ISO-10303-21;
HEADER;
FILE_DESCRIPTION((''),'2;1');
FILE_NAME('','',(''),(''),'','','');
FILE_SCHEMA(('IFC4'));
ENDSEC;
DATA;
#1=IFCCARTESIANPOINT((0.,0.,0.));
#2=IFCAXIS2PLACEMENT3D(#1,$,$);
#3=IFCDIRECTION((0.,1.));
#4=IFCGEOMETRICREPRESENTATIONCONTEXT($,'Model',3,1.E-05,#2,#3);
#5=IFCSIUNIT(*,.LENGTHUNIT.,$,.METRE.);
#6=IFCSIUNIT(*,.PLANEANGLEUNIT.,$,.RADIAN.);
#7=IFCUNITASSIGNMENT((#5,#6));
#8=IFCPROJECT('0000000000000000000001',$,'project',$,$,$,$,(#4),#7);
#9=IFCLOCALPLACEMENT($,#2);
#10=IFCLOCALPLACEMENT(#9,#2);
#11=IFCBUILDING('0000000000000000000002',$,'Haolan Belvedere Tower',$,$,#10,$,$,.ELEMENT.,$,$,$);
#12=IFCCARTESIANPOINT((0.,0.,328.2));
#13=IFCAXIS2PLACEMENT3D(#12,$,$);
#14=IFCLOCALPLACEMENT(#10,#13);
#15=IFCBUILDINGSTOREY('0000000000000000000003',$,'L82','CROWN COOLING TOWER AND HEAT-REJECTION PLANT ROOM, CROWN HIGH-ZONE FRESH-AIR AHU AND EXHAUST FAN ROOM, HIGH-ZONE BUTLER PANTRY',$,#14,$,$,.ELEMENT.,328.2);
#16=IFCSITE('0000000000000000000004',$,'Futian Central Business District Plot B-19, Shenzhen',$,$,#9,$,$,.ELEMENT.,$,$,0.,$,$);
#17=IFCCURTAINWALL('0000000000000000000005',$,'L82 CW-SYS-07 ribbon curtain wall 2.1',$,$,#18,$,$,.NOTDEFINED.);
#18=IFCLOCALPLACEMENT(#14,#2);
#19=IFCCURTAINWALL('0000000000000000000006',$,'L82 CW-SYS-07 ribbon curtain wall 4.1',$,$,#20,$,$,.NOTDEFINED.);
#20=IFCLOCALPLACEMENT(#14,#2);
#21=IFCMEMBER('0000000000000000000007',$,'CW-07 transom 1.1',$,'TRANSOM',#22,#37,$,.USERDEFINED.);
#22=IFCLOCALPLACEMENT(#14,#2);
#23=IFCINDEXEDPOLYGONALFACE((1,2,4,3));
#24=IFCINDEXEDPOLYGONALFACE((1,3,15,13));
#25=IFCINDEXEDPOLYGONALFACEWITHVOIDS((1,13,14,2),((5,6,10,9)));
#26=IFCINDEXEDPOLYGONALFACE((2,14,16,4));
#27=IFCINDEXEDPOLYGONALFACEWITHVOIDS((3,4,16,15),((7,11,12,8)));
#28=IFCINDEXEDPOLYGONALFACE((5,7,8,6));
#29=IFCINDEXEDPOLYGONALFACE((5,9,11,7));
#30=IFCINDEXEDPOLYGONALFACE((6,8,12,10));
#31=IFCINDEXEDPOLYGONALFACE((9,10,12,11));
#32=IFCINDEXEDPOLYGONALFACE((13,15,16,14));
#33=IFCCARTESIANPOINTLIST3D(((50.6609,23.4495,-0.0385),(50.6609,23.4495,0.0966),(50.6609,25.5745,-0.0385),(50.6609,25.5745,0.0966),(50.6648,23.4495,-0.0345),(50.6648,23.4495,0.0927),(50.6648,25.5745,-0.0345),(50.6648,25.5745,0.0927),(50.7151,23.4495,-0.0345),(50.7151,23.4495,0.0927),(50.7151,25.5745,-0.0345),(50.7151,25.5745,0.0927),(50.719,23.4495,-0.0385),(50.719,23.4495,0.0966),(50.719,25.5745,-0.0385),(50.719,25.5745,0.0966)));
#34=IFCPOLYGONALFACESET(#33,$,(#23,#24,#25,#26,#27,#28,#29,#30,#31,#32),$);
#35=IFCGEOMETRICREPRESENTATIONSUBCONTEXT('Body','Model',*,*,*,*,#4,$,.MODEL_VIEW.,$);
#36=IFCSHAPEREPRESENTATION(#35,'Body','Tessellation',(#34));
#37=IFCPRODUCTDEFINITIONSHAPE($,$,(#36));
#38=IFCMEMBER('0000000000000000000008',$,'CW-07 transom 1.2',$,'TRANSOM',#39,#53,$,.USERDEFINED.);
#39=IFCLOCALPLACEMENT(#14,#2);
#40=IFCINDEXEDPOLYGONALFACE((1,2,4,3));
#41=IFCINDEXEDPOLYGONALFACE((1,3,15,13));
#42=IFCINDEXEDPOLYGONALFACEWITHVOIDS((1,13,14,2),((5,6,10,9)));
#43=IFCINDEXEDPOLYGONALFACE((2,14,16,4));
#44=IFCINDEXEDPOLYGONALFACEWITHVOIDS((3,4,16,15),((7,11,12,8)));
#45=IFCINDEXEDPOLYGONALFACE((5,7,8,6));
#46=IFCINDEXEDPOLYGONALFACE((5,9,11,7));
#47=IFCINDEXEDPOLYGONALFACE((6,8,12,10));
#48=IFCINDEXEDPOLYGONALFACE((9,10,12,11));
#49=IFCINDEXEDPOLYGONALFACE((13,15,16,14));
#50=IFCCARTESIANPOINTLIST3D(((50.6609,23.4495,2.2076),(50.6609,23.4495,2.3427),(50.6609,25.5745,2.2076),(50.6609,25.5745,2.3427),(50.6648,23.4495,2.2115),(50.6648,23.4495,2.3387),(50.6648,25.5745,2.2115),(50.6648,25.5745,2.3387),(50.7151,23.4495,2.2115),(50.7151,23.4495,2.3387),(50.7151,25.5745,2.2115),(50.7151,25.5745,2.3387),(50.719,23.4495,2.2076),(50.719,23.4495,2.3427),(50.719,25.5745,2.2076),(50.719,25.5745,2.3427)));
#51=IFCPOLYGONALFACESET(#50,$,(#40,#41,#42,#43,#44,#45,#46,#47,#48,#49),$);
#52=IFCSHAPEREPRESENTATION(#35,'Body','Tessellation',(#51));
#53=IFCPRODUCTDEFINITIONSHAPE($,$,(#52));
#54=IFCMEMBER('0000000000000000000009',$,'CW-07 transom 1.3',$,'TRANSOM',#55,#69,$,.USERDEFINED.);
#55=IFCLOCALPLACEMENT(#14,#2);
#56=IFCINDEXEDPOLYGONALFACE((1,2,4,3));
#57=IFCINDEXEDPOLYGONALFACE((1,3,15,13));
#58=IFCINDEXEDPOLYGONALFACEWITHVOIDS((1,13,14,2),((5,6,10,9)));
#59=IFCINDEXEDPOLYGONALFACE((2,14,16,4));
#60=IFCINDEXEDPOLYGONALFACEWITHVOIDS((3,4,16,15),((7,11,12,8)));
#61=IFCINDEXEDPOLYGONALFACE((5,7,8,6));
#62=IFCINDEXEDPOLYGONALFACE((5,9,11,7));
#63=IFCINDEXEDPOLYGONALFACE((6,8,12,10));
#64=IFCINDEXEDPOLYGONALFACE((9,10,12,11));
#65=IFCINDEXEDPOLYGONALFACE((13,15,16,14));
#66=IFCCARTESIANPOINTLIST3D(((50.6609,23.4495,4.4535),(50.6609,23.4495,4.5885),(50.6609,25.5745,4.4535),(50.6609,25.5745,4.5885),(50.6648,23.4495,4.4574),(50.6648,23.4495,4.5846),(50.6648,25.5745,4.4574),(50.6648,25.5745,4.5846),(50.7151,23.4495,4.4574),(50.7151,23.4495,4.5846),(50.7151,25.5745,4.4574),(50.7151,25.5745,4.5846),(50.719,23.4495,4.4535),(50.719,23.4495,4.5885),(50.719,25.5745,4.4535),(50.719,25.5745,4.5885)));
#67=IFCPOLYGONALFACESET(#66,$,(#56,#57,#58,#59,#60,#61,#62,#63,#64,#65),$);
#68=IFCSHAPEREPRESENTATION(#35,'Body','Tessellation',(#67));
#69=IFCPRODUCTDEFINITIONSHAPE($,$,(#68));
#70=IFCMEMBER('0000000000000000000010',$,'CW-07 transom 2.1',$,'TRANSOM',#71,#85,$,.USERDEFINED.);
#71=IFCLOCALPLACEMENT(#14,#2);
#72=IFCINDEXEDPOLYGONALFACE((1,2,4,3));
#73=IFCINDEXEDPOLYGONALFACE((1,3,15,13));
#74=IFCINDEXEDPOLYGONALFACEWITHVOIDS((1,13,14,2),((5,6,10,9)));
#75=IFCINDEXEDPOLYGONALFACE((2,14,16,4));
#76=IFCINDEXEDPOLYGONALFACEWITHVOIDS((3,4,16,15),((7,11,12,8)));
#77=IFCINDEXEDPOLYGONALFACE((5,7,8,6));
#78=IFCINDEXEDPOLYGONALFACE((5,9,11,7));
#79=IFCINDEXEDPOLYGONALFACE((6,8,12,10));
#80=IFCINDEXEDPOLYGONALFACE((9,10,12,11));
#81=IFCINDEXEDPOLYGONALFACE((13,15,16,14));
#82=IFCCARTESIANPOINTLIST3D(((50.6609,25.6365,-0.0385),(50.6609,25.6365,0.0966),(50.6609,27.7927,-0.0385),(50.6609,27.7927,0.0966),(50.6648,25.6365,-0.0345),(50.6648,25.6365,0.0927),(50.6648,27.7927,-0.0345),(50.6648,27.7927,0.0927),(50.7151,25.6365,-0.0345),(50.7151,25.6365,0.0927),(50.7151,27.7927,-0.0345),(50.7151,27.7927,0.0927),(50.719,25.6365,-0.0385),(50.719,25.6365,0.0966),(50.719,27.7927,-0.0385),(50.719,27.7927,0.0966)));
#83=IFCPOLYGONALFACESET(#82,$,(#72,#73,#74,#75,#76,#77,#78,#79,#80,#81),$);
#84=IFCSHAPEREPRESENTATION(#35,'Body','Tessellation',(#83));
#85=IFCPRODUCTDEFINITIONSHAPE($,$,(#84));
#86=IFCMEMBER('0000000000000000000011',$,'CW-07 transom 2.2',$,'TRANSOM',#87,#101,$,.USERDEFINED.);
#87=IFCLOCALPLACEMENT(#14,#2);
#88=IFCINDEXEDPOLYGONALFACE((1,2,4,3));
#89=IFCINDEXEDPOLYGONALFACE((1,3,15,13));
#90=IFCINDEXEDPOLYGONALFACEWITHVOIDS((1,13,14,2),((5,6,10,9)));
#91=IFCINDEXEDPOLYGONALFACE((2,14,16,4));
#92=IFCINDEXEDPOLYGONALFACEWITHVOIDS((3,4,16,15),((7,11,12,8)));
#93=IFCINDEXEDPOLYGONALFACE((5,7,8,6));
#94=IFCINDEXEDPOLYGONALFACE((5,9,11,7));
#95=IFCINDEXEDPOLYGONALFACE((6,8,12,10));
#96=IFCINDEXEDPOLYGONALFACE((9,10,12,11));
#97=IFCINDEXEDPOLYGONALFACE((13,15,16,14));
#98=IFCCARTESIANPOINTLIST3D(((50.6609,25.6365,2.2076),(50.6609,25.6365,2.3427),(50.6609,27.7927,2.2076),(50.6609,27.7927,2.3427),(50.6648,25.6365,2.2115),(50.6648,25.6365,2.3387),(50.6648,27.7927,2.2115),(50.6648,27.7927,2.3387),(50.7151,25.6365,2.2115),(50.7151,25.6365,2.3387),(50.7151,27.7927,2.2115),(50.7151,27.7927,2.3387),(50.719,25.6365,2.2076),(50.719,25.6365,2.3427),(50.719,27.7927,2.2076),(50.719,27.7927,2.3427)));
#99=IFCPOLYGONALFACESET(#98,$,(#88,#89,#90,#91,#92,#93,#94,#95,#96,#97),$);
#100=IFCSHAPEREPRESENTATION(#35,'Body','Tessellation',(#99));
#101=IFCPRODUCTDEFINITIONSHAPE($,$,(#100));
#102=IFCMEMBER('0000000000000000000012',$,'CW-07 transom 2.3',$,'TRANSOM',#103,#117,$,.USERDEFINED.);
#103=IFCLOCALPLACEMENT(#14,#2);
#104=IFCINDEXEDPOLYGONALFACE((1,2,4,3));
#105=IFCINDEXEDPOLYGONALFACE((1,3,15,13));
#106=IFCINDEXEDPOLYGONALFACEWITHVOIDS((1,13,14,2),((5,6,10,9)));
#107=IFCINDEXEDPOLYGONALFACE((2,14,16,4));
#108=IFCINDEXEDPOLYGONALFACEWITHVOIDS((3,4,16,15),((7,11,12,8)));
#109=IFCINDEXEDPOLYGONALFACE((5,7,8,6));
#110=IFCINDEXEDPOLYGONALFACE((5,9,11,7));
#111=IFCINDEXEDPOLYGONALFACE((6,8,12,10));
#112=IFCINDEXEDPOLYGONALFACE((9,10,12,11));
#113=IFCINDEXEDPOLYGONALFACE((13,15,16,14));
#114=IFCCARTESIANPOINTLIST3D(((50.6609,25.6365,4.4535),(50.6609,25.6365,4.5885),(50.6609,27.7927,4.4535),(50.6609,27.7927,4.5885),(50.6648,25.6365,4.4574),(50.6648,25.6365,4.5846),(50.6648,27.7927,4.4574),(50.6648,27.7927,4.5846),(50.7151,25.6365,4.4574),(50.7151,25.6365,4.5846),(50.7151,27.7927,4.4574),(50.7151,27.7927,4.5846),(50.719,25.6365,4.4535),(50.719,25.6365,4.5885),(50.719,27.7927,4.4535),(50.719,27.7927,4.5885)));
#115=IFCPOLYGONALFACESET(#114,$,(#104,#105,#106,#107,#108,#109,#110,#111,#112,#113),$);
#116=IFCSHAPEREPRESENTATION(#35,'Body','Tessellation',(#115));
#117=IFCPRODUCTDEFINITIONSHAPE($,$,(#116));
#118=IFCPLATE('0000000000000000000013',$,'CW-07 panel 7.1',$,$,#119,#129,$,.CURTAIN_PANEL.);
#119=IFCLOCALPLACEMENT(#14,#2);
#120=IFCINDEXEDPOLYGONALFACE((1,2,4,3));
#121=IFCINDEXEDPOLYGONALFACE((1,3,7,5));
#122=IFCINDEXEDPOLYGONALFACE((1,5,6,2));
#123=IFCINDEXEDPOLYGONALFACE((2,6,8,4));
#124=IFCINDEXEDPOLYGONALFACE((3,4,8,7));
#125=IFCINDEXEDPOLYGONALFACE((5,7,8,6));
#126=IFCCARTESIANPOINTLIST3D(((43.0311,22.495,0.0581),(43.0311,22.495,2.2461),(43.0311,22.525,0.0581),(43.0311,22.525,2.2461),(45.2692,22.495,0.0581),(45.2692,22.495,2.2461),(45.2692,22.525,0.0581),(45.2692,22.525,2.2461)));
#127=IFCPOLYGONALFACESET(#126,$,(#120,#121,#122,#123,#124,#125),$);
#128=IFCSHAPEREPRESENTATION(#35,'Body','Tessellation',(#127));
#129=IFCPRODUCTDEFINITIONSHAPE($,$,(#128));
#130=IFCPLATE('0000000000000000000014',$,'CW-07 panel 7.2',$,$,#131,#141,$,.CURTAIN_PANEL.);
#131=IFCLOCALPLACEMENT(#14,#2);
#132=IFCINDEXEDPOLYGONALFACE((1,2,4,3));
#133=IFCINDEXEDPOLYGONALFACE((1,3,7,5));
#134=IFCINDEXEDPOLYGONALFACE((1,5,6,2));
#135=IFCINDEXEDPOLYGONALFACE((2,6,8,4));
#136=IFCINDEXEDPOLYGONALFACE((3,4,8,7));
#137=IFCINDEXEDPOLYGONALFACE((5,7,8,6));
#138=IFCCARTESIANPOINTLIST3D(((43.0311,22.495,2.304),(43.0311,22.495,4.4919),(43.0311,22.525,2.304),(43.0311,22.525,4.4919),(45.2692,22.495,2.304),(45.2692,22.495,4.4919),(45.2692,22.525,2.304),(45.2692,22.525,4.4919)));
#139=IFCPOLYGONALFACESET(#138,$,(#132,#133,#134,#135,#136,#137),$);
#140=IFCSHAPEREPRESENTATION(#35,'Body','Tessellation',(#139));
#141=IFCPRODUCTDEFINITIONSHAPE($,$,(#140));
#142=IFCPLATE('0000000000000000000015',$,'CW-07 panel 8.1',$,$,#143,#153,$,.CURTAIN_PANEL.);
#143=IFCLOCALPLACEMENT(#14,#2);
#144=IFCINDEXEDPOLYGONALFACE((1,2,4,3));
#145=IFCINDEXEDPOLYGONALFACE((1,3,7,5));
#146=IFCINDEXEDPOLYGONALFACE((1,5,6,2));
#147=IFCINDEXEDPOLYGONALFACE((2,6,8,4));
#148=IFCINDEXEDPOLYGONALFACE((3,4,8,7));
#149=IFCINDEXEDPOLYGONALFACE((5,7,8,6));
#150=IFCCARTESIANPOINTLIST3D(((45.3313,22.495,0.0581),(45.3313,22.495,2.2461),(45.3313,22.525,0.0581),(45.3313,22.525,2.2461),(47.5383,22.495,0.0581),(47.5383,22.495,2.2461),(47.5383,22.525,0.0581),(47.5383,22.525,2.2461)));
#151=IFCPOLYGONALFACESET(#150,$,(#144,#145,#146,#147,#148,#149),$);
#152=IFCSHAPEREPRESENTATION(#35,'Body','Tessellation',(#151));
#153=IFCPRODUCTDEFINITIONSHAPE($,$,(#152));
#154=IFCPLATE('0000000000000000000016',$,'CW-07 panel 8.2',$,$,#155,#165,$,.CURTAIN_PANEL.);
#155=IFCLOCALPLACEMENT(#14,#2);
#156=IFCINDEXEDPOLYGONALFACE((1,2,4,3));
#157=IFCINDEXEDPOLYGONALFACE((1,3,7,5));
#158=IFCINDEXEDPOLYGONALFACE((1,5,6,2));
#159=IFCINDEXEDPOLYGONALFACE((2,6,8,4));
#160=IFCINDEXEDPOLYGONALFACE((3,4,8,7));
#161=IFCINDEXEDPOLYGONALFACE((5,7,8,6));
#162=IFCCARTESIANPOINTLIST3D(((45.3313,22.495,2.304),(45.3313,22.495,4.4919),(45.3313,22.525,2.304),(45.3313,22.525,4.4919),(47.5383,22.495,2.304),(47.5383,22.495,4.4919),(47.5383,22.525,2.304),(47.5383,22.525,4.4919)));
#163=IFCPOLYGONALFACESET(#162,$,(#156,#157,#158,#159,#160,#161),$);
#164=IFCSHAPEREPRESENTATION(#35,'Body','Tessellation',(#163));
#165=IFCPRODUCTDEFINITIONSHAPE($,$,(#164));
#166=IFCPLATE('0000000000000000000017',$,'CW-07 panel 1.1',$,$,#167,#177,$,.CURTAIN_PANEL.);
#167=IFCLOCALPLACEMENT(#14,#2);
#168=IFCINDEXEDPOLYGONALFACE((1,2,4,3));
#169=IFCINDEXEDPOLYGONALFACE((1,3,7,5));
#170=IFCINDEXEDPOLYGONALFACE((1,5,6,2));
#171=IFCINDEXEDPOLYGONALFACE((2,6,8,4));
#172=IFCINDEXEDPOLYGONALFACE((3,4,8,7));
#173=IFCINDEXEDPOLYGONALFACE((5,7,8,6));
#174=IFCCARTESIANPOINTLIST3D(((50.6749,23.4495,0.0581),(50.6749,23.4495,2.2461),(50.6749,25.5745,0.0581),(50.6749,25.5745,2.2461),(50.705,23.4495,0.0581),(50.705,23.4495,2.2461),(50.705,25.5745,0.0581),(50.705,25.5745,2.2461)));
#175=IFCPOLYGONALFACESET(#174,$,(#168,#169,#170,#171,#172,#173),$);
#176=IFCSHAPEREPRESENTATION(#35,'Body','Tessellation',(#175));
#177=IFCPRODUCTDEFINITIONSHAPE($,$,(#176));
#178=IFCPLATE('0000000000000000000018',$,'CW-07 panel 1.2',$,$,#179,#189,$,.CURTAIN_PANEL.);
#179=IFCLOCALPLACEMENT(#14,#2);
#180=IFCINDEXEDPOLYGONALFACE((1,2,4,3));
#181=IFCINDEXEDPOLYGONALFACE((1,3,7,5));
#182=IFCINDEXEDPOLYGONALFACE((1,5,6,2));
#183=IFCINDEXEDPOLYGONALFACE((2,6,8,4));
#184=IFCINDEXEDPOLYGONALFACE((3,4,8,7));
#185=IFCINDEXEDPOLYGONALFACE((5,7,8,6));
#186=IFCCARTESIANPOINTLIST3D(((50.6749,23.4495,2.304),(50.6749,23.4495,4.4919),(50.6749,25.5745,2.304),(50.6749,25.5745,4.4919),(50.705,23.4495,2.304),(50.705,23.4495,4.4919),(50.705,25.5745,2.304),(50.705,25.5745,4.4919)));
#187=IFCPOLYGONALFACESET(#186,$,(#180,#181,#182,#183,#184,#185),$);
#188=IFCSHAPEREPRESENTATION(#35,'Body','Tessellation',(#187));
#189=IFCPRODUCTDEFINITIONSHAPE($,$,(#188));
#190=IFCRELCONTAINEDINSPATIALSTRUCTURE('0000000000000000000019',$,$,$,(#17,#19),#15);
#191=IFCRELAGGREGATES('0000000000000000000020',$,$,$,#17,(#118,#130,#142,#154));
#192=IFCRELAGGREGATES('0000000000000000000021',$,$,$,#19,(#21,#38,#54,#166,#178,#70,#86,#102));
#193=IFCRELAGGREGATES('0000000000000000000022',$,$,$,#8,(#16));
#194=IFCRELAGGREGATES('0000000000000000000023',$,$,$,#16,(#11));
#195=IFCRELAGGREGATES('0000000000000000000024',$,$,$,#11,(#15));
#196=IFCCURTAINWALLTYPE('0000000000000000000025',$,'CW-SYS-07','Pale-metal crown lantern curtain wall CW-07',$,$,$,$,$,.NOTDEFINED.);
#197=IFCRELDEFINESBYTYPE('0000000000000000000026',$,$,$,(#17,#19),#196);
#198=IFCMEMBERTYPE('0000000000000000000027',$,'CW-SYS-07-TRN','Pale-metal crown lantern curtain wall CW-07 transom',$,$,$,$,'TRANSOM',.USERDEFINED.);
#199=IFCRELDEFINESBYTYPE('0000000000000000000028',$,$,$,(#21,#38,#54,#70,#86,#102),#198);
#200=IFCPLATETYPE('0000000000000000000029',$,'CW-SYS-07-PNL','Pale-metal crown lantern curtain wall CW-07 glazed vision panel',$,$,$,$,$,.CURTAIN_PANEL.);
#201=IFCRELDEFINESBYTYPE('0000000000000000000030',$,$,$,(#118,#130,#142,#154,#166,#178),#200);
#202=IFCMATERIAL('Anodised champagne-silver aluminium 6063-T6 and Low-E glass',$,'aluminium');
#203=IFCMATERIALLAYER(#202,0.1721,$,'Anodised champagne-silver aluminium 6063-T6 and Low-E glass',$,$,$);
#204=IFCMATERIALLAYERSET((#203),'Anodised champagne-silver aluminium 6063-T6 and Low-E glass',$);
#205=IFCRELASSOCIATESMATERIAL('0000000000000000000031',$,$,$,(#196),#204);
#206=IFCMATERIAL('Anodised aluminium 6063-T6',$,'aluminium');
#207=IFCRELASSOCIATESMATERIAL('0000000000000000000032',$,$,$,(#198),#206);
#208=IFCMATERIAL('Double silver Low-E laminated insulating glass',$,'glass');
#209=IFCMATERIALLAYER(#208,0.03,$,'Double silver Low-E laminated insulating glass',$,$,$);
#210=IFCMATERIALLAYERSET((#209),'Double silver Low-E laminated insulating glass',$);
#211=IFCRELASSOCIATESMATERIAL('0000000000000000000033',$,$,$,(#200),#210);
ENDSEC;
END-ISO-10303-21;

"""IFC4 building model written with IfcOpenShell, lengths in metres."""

from ifc_helpers import new_model, si_unit, direction, frame, origin, origin_2d, place, context, subcontext, project, spatial, rectangle, hollow_rectangle, extrude, material, layer, layer_set, material_profile, profile_set, type_object, element, aggregate, save


model = new_model("IFC4")

# Units and contexts
model_context = context("Model", 3, precision=1e-05, world=origin(), true_north=direction((0.0, 1.0)))
body_context = subcontext(model_context, "Body", "Model", "MODEL_VIEW")
ifc_project = project(units=[si_unit("LENGTHUNIT", "METRE"), si_unit("PLANEANGLEUNIT", "RADIAN")], contexts=[model_context])

# Site, building, storey
site_placement = place(None, origin())
site = spatial("IfcSite", under=ifc_project, at=site_placement, Name="Futian Central Business District Plot B-19, Shenzhen", CompositionType="ELEMENT", RefElevation=0.0)
building_placement = place(site_placement, origin())
building = spatial("IfcBuilding", under=site, at=building_placement, Name="Haolan Belvedere Tower", CompositionType="ELEMENT")
storey_placement = place(building_placement, frame((0.0, 0.0, 328.2)))
storey = spatial("IfcBuildingStorey", under=building, at=storey_placement, Name="L82", Description="CROWN COOLING TOWER AND HEAT-REJECTION PLANT ROOM, CROWN HIGH-ZONE FRESH-AIR AHU AND EXHAUST FAN ROOM, HIGH-ZONE BUTLER PANTRY", CompositionType="ELEMENT", Elevation=328.2)

# Curtain walls
ifc_material_1 = material(Name="Anodised champagne-silver aluminium 6063-T6 and Low-E glass", Category="aluminium")
ifc_layer_1 = layer(ifc_material_1, 0.1721, Name="Anodised champagne-silver aluminium 6063-T6 and Low-E glass")
ifc_layer_set_1 = layer_set([ifc_layer_1], Name="Anodised champagne-silver aluminium 6063-T6 and Low-E glass")
curtain_wall_type = type_object("IfcCurtainWallType", Name="CW-SYS-07", Description="Pale-metal crown lantern curtain wall CW-07", PredefinedType="NOTDEFINED", material=ifc_layer_set_1)
curtain_wall_1_placement = place(storey_placement, origin())
curtain_wall_1 = element("IfcCurtainWall", 1, at=curtain_wall_1_placement, inside=storey, type_object=curtain_wall_type, Name="L82 CW-SYS-07 ribbon curtain wall 2.1", PredefinedType="NOTDEFINED")
ifc_material_2 = material(Name="Anodised aluminium 6063-T6", Category="aluminium")
curtain_wall_2_placement = place(storey_placement, origin())
curtain_wall_2 = element("IfcCurtainWall", 2, at=curtain_wall_2_placement, inside=storey, type_object=curtain_wall_type, Name="L82 CW-SYS-07 ribbon curtain wall 4.1", PredefinedType="NOTDEFINED")

# Members
ifc_material_profile_1 = material_profile(ifc_material_2, hollow_rectangle(XDim=0.0581, YDim=0.135, WallThickness=0.0039, at=origin_2d()), Name="Anodised aluminium 6063-T6")
ifc_profile_set_1 = profile_set([ifc_material_profile_1], Name="Anodised aluminium 6063-T6")
member_type_1 = type_object("IfcMemberType", Name="CW-SYS-07-TRN", Description="Pale-metal crown lantern curtain wall CW-07 transom", ElementType="TRANSOM", PredefinedType="USERDEFINED", material=ifc_profile_set_1)
member_1_placement = place(storey_placement, frame((50.6899, 23.4495, 0.0291), z_axis=(0.0, 1.0, 0.0), x_axis=(-1.0, 0.0, 0.0)))
member_1 = element("IfcMember", 3, at=member_1_placement, type_object=member_type_1, Name="CW-07 transom 1.1", ObjectType="TRANSOM", PredefinedType="USERDEFINED", context=body_context, shape_type="SweptSolid", body=[
    extrude(hollow_rectangle(XDim=0.0581, YDim=0.135, WallThickness=0.0039, at=origin_2d()), origin(), (0.0, 0.0, 1.0), 2.125),
])
member_2_placement = place(storey_placement, frame((50.6899, 23.4495, 2.2751), z_axis=(0.0, 1.0, 0.0), x_axis=(-1.0, 0.0, 0.0)))
member_2 = element("IfcMember", 4, at=member_2_placement, type_object=member_type_1, Name="CW-07 transom 1.2", ObjectType="TRANSOM", PredefinedType="USERDEFINED", context=body_context, shape_type="SweptSolid", body=[
    extrude(hollow_rectangle(XDim=0.0581, YDim=0.135, WallThickness=0.0039, at=origin_2d()), origin(), (0.0, 0.0, 1.0), 2.125),
])
member_3_placement = place(storey_placement, frame((50.6899, 23.4495, 4.521), z_axis=(0.0, 1.0, 0.0), x_axis=(-1.0, 0.0, 0.0)))
member_3 = element("IfcMember", 5, at=member_3_placement, type_object=member_type_1, Name="CW-07 transom 1.3", ObjectType="TRANSOM", PredefinedType="USERDEFINED", context=body_context, shape_type="SweptSolid", body=[
    extrude(hollow_rectangle(XDim=0.0581, YDim=0.135, WallThickness=0.0039, at=origin_2d()), origin(), (0.0, 0.0, 1.0), 2.125),
])
member_4_placement = place(storey_placement, frame((50.6899, 25.6365, 0.0291), z_axis=(0.0, 1.0, 0.0), x_axis=(-1.0, 0.0, 0.0)))
member_4 = element("IfcMember", 6, at=member_4_placement, type_object=member_type_1, Name="CW-07 transom 2.1", ObjectType="TRANSOM", PredefinedType="USERDEFINED", context=body_context, shape_type="SweptSolid", body=[
    extrude(hollow_rectangle(XDim=0.0581, YDim=0.135, WallThickness=0.0039, at=origin_2d()), origin(), (0.0, 0.0, 1.0), 2.1562),
])
member_5_placement = place(storey_placement, frame((50.6899, 25.6365, 2.2751), z_axis=(0.0, 1.0, 0.0), x_axis=(-1.0, 0.0, 0.0)))
member_5 = element("IfcMember", 7, at=member_5_placement, type_object=member_type_1, Name="CW-07 transom 2.2", ObjectType="TRANSOM", PredefinedType="USERDEFINED", context=body_context, shape_type="SweptSolid", body=[
    extrude(hollow_rectangle(XDim=0.0581, YDim=0.135, WallThickness=0.0039, at=origin_2d()), origin(), (0.0, 0.0, 1.0), 2.1562),
])
member_6_placement = place(storey_placement, frame((50.6899, 25.6365, 4.521), z_axis=(0.0, 1.0, 0.0), x_axis=(-1.0, 0.0, 0.0)))
member_6 = element("IfcMember", 8, at=member_6_placement, type_object=member_type_1, Name="CW-07 transom 2.3", ObjectType="TRANSOM", PredefinedType="USERDEFINED", context=body_context, shape_type="SweptSolid", body=[
    extrude(hollow_rectangle(XDim=0.0581, YDim=0.135, WallThickness=0.0039, at=origin_2d()), origin(), (0.0, 0.0, 1.0), 2.1562),
])

# Plates
ifc_material_3 = material(Name="Double silver Low-E laminated insulating glass", Category="glass")
ifc_layer_2 = layer(ifc_material_3, 0.03, Name="Double silver Low-E laminated insulating glass")
ifc_layer_set_2 = layer_set([ifc_layer_2], Name="Double silver Low-E laminated insulating glass")
plate_type = type_object("IfcPlateType", Name="CW-SYS-07-PNL", Description="Pale-metal crown lantern curtain wall CW-07 glazed vision panel", PredefinedType="CURTAIN_PANEL", material=ifc_layer_set_2)
plate_1_placement = place(storey_placement, frame((44.1501, 22.51, 0.0581), z_axis=(0.0, 0.0, 1.0), x_axis=(1.0, 0.0, 0.0)))
plate_1 = element("IfcPlate", 9, at=plate_1_placement, type_object=plate_type, Name="CW-07 panel 7.1", PredefinedType="CURTAIN_PANEL", context=body_context, shape_type="SweptSolid", body=[
    extrude(rectangle(XDim=2.238, YDim=0.03, at=origin_2d()), origin(), (0.0, 0.0, 1.0), 2.188),
])
plate_2_placement = place(storey_placement, frame((44.1501, 22.51, 2.304), z_axis=(0.0, 0.0, 1.0), x_axis=(1.0, 0.0, 0.0)))
plate_2 = element("IfcPlate", 10, at=plate_2_placement, type_object=plate_type, Name="CW-07 panel 7.2", PredefinedType="CURTAIN_PANEL", context=body_context, shape_type="SweptSolid", body=[
    extrude(rectangle(XDim=2.238, YDim=0.03, at=origin_2d()), origin(), (0.0, 0.0, 1.0), 2.188),
])
plate_3_placement = place(storey_placement, frame((46.4348, 22.51, 0.0581), z_axis=(0.0, 0.0, 1.0), x_axis=(1.0, 0.0, 0.0)))
plate_3 = element("IfcPlate", 11, at=plate_3_placement, type_object=plate_type, Name="CW-07 panel 8.1", PredefinedType="CURTAIN_PANEL", context=body_context, shape_type="SweptSolid", body=[
    extrude(rectangle(XDim=2.207, YDim=0.03, at=origin_2d()), origin(), (0.0, 0.0, 1.0), 2.188),
])
plate_4_placement = place(storey_placement, frame((46.4348, 22.51, 2.304), z_axis=(0.0, 0.0, 1.0), x_axis=(1.0, 0.0, 0.0)))
plate_4 = element("IfcPlate", 12, at=plate_4_placement, type_object=plate_type, Name="CW-07 panel 8.2", PredefinedType="CURTAIN_PANEL", context=body_context, shape_type="SweptSolid", body=[
    extrude(rectangle(XDim=2.207, YDim=0.03, at=origin_2d()), origin(), (0.0, 0.0, 1.0), 2.188),
])
aggregate(curtain_wall_1, [plate_1, plate_2, plate_3, plate_4])
plate_5_placement = place(storey_placement, frame((50.6899, 24.512, 0.0581), z_axis=(0.0, 0.0, 1.0), x_axis=(0.0, 1.0, 0.0)))
plate_5 = element("IfcPlate", 13, at=plate_5_placement, type_object=plate_type, Name="CW-07 panel 1.1", PredefinedType="CURTAIN_PANEL", context=body_context, shape_type="SweptSolid", body=[
    extrude(rectangle(XDim=2.125, YDim=0.03, at=origin_2d()), origin(), (0.0, 0.0, 1.0), 2.188),
])
plate_6_placement = place(storey_placement, frame((50.6899, 24.512, 2.304), z_axis=(0.0, 0.0, 1.0), x_axis=(0.0, 1.0, 0.0)))
plate_6 = element("IfcPlate", 14, at=plate_6_placement, type_object=plate_type, Name="CW-07 panel 1.2", PredefinedType="CURTAIN_PANEL", context=body_context, shape_type="SweptSolid", body=[
    extrude(rectangle(XDim=2.125, YDim=0.03, at=origin_2d()), origin(), (0.0, 0.0, 1.0), 2.188),
])
aggregate(curtain_wall_2, [member_1, member_2, member_3, plate_5, plate_6, member_4, member_5, member_6])

save(model, "model.ifc")
